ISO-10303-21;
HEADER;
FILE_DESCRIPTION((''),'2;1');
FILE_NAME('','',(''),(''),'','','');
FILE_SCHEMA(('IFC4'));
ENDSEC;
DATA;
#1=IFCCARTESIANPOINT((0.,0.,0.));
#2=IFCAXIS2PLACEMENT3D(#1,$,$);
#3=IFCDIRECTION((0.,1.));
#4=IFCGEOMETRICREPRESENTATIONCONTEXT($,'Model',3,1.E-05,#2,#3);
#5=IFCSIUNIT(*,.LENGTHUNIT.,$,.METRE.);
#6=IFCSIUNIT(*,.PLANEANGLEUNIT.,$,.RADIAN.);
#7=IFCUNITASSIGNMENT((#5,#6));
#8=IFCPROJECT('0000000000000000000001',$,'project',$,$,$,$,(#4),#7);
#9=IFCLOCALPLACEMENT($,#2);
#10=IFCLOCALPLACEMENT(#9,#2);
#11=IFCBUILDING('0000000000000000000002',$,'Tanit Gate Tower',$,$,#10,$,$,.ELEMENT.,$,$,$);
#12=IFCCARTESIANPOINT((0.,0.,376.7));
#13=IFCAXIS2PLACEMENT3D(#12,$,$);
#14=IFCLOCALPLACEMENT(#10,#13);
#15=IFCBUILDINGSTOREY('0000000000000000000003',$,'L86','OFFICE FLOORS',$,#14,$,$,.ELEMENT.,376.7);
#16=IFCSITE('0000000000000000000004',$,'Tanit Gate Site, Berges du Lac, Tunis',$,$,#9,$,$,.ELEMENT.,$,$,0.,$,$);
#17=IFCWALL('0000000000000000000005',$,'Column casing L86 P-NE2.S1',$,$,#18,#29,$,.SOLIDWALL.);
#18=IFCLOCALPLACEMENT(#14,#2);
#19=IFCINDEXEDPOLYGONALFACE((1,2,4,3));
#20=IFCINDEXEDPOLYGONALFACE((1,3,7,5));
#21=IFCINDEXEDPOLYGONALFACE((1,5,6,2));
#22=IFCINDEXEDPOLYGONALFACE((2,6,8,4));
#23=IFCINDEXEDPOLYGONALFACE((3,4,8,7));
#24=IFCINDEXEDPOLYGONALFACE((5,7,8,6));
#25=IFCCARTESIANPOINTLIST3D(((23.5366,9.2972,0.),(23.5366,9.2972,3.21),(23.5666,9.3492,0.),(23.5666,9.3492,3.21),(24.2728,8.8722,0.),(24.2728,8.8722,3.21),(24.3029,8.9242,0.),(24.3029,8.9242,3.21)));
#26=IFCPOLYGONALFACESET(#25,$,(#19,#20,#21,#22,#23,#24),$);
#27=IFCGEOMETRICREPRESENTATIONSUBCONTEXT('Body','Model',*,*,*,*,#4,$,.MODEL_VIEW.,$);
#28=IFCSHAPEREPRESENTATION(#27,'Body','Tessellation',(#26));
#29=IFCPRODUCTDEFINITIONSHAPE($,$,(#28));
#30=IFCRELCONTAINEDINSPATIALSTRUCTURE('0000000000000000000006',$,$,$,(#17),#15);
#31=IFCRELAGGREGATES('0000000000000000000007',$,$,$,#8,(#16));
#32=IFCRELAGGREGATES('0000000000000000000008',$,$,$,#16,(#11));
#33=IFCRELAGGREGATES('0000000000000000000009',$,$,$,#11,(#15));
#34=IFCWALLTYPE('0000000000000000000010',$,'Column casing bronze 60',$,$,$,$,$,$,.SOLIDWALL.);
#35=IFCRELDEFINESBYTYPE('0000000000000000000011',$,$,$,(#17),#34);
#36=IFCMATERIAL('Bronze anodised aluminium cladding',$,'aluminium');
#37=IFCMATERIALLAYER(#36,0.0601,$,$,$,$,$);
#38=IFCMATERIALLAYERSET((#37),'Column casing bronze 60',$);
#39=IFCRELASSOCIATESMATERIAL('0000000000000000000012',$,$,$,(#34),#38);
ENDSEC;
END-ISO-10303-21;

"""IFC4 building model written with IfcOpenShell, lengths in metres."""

from ifc_helpers import new_model, si_unit, direction, frame, frame_2d, origin, place, context, subcontext, project, spatial, rectangle, extrude, material, layer, layer_set, type_object, element, save


model = new_model("IFC4")

# Units and contexts
model_context = context("Model", 3, precision=1e-05, world=origin(), true_north=direction((0.0, 1.0)))
body_context = subcontext(model_context, "Body", "Model", "MODEL_VIEW")
ifc_project = project(units=[si_unit("LENGTHUNIT", "METRE"), si_unit("PLANEANGLEUNIT", "RADIAN")], contexts=[model_context])

# Site, building, storey
site_placement = place(None, origin())
site = spatial("IfcSite", under=ifc_project, at=site_placement, Name="Tanit Gate Site, Berges du Lac, Tunis", CompositionType="ELEMENT", RefElevation=0.0)
building_placement = place(site_placement, origin())
building = spatial("IfcBuilding", under=site, at=building_placement, Name="Tanit Gate Tower", CompositionType="ELEMENT")
storey_placement = place(building_placement, frame((0.0, 0.0, 376.7)))
storey = spatial("IfcBuildingStorey", under=building, at=storey_placement, Name="L86", Description="OFFICE FLOORS", CompositionType="ELEMENT", Elevation=376.7)

# Wall
ifc_material_1 = material(Name="Bronze anodised aluminium cladding", Category="aluminium")
ifc_layer_1 = layer(ifc_material_1, 0.0601)
ifc_layer_set_1 = layer_set([ifc_layer_1], Name="Column casing bronze 60")
wall_type = type_object("IfcWallType", Name="Column casing bronze 60", PredefinedType="SOLIDWALL", material=ifc_layer_set_1)
wall_1_placement = place(storey_placement, frame((24.2878, 8.8982, 0.0), z_axis=(0.0, 0.0, 1.0), x_axis=(-0.866061, 0.499938, 0.0)))
element("IfcWall", 1, at=wall_1_placement, inside=storey, type_object=wall_type, Name="Column casing L86 P-NE2.S1", PredefinedType="SOLIDWALL", context=body_context, shape_type="SweptSolid", body=[
    extrude(rectangle(XDim=0.8501, YDim=0.0601, at=frame_2d((0.425, 0.0))), origin(), (0.0, 0.0, 1.0), 3.21),
])

save(model, "model.ifc")
